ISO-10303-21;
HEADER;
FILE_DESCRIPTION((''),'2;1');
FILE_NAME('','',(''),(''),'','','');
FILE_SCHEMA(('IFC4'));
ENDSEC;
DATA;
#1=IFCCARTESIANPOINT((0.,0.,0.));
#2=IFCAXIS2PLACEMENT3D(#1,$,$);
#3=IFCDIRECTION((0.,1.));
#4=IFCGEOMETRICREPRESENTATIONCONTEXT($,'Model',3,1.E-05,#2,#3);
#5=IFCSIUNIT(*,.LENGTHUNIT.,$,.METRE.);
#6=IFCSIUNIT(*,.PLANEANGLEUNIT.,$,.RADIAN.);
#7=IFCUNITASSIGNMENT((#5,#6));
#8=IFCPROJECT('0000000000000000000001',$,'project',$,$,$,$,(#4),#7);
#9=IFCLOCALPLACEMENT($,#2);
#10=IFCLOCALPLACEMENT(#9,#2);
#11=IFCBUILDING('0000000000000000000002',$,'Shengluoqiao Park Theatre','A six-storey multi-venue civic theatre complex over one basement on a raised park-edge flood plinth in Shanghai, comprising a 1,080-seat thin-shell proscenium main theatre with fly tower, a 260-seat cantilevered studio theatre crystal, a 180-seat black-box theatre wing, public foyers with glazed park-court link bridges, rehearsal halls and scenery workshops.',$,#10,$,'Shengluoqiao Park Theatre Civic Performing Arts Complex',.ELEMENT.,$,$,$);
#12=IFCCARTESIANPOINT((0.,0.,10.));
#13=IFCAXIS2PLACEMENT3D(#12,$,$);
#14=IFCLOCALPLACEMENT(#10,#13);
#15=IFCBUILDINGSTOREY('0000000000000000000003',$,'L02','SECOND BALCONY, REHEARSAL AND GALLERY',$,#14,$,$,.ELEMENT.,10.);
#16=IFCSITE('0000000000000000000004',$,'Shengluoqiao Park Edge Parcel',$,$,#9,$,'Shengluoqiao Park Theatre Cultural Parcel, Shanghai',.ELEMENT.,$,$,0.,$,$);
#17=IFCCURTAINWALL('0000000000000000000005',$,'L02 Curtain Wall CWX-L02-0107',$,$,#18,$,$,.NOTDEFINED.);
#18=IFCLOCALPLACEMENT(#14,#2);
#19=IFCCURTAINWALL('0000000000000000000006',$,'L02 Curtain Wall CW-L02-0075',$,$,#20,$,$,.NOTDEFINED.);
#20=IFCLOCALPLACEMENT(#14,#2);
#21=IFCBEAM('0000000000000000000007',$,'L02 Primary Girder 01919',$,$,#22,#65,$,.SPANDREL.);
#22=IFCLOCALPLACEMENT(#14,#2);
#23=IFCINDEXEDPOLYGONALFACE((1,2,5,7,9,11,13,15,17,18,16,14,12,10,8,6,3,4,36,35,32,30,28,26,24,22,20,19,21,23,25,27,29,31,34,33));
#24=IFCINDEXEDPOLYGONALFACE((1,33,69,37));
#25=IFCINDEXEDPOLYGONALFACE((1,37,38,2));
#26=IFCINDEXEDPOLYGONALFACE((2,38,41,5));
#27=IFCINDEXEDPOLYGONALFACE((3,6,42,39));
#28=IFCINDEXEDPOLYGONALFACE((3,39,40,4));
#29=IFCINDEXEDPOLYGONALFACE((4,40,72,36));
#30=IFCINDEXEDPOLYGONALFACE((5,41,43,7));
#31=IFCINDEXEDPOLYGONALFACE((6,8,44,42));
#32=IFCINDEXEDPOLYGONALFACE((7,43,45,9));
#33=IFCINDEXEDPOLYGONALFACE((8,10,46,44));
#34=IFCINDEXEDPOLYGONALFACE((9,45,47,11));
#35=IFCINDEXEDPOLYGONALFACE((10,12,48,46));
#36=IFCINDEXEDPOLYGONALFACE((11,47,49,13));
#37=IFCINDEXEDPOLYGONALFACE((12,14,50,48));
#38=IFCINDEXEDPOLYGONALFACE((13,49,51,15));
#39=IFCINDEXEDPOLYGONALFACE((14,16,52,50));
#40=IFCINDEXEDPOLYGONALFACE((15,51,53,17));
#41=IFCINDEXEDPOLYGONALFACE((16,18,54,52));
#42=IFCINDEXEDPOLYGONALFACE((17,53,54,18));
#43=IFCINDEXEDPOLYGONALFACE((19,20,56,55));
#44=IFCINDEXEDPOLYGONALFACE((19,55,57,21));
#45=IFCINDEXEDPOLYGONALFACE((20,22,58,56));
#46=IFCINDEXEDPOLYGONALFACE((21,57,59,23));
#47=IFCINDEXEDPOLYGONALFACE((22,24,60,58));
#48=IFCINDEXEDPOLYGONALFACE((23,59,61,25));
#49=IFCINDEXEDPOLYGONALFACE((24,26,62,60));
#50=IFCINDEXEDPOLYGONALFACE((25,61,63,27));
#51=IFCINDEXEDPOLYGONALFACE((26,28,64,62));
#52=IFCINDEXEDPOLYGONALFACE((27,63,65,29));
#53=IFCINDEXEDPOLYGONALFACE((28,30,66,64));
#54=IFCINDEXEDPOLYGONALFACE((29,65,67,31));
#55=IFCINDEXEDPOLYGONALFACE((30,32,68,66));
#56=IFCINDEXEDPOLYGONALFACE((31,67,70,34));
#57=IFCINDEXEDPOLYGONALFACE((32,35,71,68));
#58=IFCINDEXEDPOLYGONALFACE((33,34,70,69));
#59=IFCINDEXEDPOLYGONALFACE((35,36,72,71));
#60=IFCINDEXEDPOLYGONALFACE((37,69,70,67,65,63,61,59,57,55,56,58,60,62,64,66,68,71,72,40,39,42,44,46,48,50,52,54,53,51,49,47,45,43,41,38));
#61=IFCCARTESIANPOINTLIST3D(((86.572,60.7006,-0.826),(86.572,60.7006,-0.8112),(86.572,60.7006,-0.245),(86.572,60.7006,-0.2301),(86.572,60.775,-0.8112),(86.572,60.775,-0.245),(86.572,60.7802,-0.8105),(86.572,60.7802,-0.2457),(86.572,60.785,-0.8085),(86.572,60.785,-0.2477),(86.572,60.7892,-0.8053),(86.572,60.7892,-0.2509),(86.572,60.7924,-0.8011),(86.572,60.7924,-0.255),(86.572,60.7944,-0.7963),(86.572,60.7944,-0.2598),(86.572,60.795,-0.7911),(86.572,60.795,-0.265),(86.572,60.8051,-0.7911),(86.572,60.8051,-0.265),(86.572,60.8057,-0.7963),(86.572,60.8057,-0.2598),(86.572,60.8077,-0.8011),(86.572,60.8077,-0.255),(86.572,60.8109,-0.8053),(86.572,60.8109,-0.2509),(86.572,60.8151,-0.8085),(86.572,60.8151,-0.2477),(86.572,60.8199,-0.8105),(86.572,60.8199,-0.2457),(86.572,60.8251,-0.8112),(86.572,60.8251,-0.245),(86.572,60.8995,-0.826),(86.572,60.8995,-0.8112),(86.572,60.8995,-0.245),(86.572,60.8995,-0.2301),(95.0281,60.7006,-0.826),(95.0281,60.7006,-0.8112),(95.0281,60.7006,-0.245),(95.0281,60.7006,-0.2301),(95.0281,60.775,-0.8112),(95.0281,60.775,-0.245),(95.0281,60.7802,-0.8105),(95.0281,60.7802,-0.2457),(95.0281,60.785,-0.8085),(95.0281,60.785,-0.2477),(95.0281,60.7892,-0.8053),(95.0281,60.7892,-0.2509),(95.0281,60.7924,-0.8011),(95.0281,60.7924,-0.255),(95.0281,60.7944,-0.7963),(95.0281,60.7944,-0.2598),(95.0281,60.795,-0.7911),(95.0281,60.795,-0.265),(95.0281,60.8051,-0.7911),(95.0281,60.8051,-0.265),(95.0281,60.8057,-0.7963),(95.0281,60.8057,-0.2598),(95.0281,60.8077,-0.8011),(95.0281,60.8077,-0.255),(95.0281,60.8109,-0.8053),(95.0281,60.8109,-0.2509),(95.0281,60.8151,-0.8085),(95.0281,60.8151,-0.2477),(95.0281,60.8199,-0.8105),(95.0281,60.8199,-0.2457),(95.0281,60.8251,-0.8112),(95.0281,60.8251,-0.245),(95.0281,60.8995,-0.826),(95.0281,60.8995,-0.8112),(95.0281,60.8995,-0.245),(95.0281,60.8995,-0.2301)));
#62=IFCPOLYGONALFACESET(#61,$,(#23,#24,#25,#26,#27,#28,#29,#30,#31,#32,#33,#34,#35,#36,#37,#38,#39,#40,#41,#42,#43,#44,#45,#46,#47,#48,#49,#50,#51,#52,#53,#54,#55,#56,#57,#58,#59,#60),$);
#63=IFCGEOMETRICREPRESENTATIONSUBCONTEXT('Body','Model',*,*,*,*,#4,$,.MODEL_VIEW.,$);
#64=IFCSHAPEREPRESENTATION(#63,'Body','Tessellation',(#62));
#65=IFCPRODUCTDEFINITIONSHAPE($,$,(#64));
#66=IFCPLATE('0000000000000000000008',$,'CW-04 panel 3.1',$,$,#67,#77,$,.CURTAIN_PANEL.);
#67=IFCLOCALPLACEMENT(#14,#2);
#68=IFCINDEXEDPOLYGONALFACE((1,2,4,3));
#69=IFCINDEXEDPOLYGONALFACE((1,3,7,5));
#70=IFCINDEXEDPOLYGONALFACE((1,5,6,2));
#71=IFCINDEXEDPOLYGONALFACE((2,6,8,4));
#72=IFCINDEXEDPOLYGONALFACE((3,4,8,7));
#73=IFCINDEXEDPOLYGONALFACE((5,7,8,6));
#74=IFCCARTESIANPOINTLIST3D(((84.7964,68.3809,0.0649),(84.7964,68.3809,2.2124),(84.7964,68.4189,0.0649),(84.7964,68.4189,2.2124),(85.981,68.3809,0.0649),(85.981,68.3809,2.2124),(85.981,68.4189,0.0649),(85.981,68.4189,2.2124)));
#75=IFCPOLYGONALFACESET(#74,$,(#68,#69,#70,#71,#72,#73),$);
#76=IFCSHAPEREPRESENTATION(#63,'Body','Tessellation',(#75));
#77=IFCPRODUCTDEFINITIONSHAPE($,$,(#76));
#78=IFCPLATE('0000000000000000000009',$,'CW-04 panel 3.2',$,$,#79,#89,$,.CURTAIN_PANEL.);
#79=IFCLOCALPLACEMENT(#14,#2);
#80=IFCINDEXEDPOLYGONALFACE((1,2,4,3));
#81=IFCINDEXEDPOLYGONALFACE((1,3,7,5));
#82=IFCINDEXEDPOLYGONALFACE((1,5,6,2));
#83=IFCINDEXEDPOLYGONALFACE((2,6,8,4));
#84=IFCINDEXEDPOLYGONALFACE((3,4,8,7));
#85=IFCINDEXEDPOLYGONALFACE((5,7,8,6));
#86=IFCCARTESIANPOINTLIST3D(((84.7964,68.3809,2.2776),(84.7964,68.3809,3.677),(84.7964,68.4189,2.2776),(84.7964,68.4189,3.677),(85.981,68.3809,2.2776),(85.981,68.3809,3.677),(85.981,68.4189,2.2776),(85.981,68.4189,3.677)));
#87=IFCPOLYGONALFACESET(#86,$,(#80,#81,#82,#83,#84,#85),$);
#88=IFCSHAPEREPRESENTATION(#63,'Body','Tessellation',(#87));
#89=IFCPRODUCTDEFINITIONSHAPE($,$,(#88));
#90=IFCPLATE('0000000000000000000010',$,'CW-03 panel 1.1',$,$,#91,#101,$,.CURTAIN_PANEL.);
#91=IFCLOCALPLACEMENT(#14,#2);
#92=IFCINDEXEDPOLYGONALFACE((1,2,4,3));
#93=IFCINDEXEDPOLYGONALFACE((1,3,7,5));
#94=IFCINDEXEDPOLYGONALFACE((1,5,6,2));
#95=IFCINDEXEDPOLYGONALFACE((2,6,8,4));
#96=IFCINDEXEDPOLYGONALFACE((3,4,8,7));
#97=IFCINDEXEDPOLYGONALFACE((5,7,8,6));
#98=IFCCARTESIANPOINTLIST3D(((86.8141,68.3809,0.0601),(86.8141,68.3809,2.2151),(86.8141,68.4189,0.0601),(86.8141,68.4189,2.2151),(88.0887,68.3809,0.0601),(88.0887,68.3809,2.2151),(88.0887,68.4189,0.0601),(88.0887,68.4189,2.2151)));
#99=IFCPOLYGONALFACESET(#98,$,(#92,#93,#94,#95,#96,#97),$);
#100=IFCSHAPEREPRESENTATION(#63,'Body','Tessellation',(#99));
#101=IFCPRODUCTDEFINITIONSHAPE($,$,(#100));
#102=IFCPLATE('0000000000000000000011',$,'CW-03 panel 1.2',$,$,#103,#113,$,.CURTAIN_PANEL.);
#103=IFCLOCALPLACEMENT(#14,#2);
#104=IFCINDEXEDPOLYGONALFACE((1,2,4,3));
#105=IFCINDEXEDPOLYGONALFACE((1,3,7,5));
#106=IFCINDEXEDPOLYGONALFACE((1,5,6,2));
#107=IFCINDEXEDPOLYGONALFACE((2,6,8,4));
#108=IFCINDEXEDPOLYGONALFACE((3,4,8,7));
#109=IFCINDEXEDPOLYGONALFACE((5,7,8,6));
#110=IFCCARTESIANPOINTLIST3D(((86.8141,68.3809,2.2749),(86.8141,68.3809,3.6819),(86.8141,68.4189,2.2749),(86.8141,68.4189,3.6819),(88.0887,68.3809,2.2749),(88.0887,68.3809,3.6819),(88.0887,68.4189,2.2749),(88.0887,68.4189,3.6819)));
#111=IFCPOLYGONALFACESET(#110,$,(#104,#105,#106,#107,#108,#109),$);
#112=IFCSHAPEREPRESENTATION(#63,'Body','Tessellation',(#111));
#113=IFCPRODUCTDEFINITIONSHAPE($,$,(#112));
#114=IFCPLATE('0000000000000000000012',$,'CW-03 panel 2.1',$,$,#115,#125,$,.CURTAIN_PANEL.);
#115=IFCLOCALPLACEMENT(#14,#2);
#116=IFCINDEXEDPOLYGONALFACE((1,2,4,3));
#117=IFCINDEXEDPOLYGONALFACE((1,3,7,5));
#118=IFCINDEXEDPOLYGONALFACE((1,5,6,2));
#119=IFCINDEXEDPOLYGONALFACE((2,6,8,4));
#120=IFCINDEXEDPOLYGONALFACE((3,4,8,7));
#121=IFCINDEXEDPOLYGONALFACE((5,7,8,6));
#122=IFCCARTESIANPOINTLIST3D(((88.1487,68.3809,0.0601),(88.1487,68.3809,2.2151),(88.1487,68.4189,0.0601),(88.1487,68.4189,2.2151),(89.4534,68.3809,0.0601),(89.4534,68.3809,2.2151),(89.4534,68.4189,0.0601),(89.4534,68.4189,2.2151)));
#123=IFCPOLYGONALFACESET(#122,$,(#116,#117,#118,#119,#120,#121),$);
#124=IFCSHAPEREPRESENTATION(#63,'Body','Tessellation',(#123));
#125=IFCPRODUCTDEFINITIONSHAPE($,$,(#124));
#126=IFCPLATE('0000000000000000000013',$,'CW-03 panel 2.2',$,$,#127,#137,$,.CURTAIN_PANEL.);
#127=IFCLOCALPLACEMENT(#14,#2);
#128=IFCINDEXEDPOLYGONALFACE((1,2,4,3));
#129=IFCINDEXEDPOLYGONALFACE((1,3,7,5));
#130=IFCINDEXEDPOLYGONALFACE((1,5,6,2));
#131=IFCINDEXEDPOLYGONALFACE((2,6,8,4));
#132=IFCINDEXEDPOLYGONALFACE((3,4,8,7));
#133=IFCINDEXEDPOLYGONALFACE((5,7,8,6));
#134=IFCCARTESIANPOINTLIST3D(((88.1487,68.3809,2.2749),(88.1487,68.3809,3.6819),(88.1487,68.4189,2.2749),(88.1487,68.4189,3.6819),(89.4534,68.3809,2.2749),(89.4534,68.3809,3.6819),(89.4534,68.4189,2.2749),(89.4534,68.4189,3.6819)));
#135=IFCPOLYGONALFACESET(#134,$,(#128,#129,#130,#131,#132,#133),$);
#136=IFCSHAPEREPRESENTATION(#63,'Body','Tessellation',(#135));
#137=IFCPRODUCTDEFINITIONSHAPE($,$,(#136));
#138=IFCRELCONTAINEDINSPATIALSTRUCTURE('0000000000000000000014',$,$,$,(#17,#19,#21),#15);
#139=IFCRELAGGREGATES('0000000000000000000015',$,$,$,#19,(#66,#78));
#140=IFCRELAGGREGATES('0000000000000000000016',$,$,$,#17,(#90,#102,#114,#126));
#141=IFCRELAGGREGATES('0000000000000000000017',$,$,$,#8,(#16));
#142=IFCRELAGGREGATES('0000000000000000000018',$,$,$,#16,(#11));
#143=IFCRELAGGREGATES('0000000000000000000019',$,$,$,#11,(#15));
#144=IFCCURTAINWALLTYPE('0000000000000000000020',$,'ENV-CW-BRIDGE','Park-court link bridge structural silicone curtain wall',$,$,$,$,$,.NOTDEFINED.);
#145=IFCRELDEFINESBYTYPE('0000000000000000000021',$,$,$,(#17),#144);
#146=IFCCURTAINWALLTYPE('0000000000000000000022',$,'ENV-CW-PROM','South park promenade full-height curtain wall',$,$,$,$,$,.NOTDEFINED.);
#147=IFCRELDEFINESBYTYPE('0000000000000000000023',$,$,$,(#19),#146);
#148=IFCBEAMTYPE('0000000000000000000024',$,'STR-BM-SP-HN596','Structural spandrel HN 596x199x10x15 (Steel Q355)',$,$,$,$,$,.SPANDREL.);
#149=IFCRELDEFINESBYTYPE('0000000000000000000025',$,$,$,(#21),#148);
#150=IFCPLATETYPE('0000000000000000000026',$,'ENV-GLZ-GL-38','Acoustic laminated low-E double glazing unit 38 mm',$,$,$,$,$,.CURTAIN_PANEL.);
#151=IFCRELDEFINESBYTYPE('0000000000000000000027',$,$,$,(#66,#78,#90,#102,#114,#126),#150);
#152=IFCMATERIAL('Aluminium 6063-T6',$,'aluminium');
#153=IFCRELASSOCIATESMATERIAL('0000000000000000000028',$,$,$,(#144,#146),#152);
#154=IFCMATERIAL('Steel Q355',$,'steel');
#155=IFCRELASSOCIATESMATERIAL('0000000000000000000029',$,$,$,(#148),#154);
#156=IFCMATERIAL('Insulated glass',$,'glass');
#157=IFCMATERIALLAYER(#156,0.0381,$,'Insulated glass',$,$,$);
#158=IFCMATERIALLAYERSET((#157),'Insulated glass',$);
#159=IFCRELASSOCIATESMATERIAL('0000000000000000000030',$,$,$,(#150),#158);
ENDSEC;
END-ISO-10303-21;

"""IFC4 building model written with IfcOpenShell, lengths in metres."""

from ifc_helpers import new_model, si_unit, direction, frame, origin, origin_2d, place, context, subcontext, project, spatial, rectangle, i_section, extrude, material, layer, layer_set, material_profile, profile_set, type_object, element, aggregate, save


model = new_model("IFC4")

# Units and contexts
model_context = context("Model", 3, precision=1e-05, world=origin(), true_north=direction((0.0, 1.0)))
body_context = subcontext(model_context, "Body", "Model", "MODEL_VIEW")
ifc_project = project(units=[si_unit("LENGTHUNIT", "METRE"), si_unit("PLANEANGLEUNIT", "RADIAN")], contexts=[model_context])

# Site, building, storey
site_placement = place(None, origin())
site = spatial("IfcSite", under=ifc_project, at=site_placement, Name="Shengluoqiao Park Edge Parcel", LongName="Shengluoqiao Park Theatre Cultural Parcel, Shanghai", CompositionType="ELEMENT", RefElevation=0.0)
building_placement = place(site_placement, origin())
building = spatial("IfcBuilding", under=site, at=building_placement, Name="Shengluoqiao Park Theatre", Description="A six-storey multi-venue civic theatre complex over one basement on a raised park-edge flood plinth in Shanghai, comprising a 1,080-seat thin-shell proscenium main theatre with fly tower, a 260-seat cantilevered studio theatre crystal, a 180-seat black-box theatre wing, public foyers with glazed park-court link bridges, rehearsal halls and scenery workshops.", LongName="Shengluoqiao Park Theatre Civic Performing Arts Complex", CompositionType="ELEMENT")
storey_placement = place(building_placement, frame((0.0, 0.0, 10.0)))
storey = spatial("IfcBuildingStorey", under=building, at=storey_placement, Name="L02", Description="SECOND BALCONY, REHEARSAL AND GALLERY", CompositionType="ELEMENT", Elevation=10.0)

# Curtain walls
ifc_material_1 = material(Name="Aluminium 6063-T6", Category="aluminium")
curtain_wall_type_1 = type_object("IfcCurtainWallType", Name="ENV-CW-BRIDGE", Description="Park-court link bridge structural silicone curtain wall", PredefinedType="NOTDEFINED", material=ifc_material_1)
curtain_wall_1_placement = place(storey_placement, origin())
curtain_wall_1 = element("IfcCurtainWall", 1, at=curtain_wall_1_placement, inside=storey, type_object=curtain_wall_type_1, Name="L02 Curtain Wall CWX-L02-0107", PredefinedType="NOTDEFINED")
curtain_wall_type_2 = type_object("IfcCurtainWallType", Name="ENV-CW-PROM", Description="South park promenade full-height curtain wall", PredefinedType="NOTDEFINED", material=ifc_material_1)
curtain_wall_2_placement = place(storey_placement, origin())
curtain_wall_2 = element("IfcCurtainWall", 2, at=curtain_wall_2_placement, inside=storey, type_object=curtain_wall_type_2, Name="L02 Curtain Wall CW-L02-0075", PredefinedType="NOTDEFINED")

# Beam
ifc_material_2 = material(Name="Steel Q355", Category="steel")
ifc_material_profile_1 = material_profile(ifc_material_2, i_section(OverallWidth=0.199, OverallDepth=0.5959, WebThickness=0.01, FlangeThickness=0.0149, FilletRadius=0.02, at=origin_2d()), Name="HN 596x199x10x15")
ifc_profile_set_1 = profile_set([ifc_material_profile_1], Name="Steel Q355")
beam_type_1 = type_object("IfcBeamType", Name="STR-BM-SP-HN596", Description="Structural spandrel HN 596x199x10x15 (Steel Q355)", PredefinedType="SPANDREL", material=ifc_profile_set_1)
beam_1_placement = place(storey_placement, frame((86.572, 60.8, -0.5281), z_axis=(1.0, 0.0, 0.0), x_axis=(0.0, 1.0, 0.0)))
element("IfcBeam", 3, at=beam_1_placement, inside=storey, type_object=beam_type_1, Name="L02 Primary Girder 01919", PredefinedType="SPANDREL", context=body_context, shape_type="SweptSolid", body=[
    extrude(i_section(OverallWidth=0.199, OverallDepth=0.5959, WebThickness=0.01, FlangeThickness=0.0149, FilletRadius=0.02, at=origin_2d()), origin(), (0.0, 0.0, 1.0), 8.4561),
])

# Plates
ifc_material_3 = material(Name="Insulated glass", Category="glass")
ifc_layer = layer(ifc_material_3, 0.0381, Name="Insulated glass")
ifc_layer_set = layer_set([ifc_layer], Name="Insulated glass")
plate_type = type_object("IfcPlateType", Name="ENV-GLZ-GL-38", Description="Acoustic laminated low-E double glazing unit 38 mm", PredefinedType="CURTAIN_PANEL", material=ifc_layer_set)
plate_1_placement = place(storey_placement, frame((85.3887, 68.3999, 0.0649), z_axis=(0.0, 0.0, 1.0), x_axis=(1.0, 0.0, 0.0)))
plate_1 = element("IfcPlate", 4, at=plate_1_placement, type_object=plate_type, Name="CW-04 panel 3.1", PredefinedType="CURTAIN_PANEL", context=body_context, shape_type="SweptSolid", body=[
    extrude(rectangle(XDim=1.1846, YDim=0.0381, at=origin_2d()), origin(), (0.0, 0.0, 1.0), 2.1475),
])
plate_2_placement = place(storey_placement, frame((85.3887, 68.3999, 2.2776), z_axis=(0.0, 0.0, 1.0), x_axis=(1.0, 0.0, 0.0)))
plate_2 = element("IfcPlate", 5, at=plate_2_placement, type_object=plate_type, Name="CW-04 panel 3.2", PredefinedType="CURTAIN_PANEL", context=body_context, shape_type="SweptSolid", body=[
    extrude(rectangle(XDim=1.1846, YDim=0.0381, at=origin_2d()), origin(), (0.0, 0.0, 1.0), 1.3994),
])
aggregate(curtain_wall_2, [plate_1, plate_2])
plate_3_placement = place(storey_placement, frame((87.4514, 68.3999, 0.0601), z_axis=(0.0, 0.0, 1.0), x_axis=(1.0, 0.0, 0.0)))
plate_3 = element("IfcPlate", 6, at=plate_3_placement, type_object=plate_type, Name="CW-03 panel 1.1", PredefinedType="CURTAIN_PANEL", context=body_context, shape_type="SweptSolid", body=[
    extrude(rectangle(XDim=1.2747, YDim=0.0381, at=origin_2d()), origin(), (0.0, 0.0, 1.0), 2.155),
])
plate_4_placement = place(storey_placement, frame((87.4514, 68.3999, 2.2749), z_axis=(0.0, 0.0, 1.0), x_axis=(1.0, 0.0, 0.0)))
plate_4 = element("IfcPlate", 7, at=plate_4_placement, type_object=plate_type, Name="CW-03 panel 1.2", PredefinedType="CURTAIN_PANEL", context=body_context, shape_type="SweptSolid", body=[
    extrude(rectangle(XDim=1.2747, YDim=0.0381, at=origin_2d()), origin(), (0.0, 0.0, 1.0), 1.407),
])
plate_5_placement = place(storey_placement, frame((88.801, 68.3999, 0.0601), z_axis=(0.0, 0.0, 1.0), x_axis=(1.0, 0.0, 0.0)))
plate_5 = element("IfcPlate", 8, at=plate_5_placement, type_object=plate_type, Name="CW-03 panel 2.1", PredefinedType="CURTAIN_PANEL", context=body_context, shape_type="SweptSolid", body=[
    extrude(rectangle(XDim=1.3047, YDim=0.0381, at=origin_2d()), origin(), (0.0, 0.0, 1.0), 2.155),
])
plate_6_placement = place(storey_placement, frame((88.801, 68.3999, 2.2749), z_axis=(0.0, 0.0, 1.0), x_axis=(1.0, 0.0, 0.0)))
plate_6 = element("IfcPlate", 9, at=plate_6_placement, type_object=plate_type, Name="CW-03 panel 2.2", PredefinedType="CURTAIN_PANEL", context=body_context, shape_type="SweptSolid", body=[
    extrude(rectangle(XDim=1.3047, YDim=0.0381, at=origin_2d()), origin(), (0.0, 0.0, 1.0), 1.407),
])
aggregate(curtain_wall_1, [plate_3, plate_4, plate_5, plate_6])

save(model, "model.ifc")
